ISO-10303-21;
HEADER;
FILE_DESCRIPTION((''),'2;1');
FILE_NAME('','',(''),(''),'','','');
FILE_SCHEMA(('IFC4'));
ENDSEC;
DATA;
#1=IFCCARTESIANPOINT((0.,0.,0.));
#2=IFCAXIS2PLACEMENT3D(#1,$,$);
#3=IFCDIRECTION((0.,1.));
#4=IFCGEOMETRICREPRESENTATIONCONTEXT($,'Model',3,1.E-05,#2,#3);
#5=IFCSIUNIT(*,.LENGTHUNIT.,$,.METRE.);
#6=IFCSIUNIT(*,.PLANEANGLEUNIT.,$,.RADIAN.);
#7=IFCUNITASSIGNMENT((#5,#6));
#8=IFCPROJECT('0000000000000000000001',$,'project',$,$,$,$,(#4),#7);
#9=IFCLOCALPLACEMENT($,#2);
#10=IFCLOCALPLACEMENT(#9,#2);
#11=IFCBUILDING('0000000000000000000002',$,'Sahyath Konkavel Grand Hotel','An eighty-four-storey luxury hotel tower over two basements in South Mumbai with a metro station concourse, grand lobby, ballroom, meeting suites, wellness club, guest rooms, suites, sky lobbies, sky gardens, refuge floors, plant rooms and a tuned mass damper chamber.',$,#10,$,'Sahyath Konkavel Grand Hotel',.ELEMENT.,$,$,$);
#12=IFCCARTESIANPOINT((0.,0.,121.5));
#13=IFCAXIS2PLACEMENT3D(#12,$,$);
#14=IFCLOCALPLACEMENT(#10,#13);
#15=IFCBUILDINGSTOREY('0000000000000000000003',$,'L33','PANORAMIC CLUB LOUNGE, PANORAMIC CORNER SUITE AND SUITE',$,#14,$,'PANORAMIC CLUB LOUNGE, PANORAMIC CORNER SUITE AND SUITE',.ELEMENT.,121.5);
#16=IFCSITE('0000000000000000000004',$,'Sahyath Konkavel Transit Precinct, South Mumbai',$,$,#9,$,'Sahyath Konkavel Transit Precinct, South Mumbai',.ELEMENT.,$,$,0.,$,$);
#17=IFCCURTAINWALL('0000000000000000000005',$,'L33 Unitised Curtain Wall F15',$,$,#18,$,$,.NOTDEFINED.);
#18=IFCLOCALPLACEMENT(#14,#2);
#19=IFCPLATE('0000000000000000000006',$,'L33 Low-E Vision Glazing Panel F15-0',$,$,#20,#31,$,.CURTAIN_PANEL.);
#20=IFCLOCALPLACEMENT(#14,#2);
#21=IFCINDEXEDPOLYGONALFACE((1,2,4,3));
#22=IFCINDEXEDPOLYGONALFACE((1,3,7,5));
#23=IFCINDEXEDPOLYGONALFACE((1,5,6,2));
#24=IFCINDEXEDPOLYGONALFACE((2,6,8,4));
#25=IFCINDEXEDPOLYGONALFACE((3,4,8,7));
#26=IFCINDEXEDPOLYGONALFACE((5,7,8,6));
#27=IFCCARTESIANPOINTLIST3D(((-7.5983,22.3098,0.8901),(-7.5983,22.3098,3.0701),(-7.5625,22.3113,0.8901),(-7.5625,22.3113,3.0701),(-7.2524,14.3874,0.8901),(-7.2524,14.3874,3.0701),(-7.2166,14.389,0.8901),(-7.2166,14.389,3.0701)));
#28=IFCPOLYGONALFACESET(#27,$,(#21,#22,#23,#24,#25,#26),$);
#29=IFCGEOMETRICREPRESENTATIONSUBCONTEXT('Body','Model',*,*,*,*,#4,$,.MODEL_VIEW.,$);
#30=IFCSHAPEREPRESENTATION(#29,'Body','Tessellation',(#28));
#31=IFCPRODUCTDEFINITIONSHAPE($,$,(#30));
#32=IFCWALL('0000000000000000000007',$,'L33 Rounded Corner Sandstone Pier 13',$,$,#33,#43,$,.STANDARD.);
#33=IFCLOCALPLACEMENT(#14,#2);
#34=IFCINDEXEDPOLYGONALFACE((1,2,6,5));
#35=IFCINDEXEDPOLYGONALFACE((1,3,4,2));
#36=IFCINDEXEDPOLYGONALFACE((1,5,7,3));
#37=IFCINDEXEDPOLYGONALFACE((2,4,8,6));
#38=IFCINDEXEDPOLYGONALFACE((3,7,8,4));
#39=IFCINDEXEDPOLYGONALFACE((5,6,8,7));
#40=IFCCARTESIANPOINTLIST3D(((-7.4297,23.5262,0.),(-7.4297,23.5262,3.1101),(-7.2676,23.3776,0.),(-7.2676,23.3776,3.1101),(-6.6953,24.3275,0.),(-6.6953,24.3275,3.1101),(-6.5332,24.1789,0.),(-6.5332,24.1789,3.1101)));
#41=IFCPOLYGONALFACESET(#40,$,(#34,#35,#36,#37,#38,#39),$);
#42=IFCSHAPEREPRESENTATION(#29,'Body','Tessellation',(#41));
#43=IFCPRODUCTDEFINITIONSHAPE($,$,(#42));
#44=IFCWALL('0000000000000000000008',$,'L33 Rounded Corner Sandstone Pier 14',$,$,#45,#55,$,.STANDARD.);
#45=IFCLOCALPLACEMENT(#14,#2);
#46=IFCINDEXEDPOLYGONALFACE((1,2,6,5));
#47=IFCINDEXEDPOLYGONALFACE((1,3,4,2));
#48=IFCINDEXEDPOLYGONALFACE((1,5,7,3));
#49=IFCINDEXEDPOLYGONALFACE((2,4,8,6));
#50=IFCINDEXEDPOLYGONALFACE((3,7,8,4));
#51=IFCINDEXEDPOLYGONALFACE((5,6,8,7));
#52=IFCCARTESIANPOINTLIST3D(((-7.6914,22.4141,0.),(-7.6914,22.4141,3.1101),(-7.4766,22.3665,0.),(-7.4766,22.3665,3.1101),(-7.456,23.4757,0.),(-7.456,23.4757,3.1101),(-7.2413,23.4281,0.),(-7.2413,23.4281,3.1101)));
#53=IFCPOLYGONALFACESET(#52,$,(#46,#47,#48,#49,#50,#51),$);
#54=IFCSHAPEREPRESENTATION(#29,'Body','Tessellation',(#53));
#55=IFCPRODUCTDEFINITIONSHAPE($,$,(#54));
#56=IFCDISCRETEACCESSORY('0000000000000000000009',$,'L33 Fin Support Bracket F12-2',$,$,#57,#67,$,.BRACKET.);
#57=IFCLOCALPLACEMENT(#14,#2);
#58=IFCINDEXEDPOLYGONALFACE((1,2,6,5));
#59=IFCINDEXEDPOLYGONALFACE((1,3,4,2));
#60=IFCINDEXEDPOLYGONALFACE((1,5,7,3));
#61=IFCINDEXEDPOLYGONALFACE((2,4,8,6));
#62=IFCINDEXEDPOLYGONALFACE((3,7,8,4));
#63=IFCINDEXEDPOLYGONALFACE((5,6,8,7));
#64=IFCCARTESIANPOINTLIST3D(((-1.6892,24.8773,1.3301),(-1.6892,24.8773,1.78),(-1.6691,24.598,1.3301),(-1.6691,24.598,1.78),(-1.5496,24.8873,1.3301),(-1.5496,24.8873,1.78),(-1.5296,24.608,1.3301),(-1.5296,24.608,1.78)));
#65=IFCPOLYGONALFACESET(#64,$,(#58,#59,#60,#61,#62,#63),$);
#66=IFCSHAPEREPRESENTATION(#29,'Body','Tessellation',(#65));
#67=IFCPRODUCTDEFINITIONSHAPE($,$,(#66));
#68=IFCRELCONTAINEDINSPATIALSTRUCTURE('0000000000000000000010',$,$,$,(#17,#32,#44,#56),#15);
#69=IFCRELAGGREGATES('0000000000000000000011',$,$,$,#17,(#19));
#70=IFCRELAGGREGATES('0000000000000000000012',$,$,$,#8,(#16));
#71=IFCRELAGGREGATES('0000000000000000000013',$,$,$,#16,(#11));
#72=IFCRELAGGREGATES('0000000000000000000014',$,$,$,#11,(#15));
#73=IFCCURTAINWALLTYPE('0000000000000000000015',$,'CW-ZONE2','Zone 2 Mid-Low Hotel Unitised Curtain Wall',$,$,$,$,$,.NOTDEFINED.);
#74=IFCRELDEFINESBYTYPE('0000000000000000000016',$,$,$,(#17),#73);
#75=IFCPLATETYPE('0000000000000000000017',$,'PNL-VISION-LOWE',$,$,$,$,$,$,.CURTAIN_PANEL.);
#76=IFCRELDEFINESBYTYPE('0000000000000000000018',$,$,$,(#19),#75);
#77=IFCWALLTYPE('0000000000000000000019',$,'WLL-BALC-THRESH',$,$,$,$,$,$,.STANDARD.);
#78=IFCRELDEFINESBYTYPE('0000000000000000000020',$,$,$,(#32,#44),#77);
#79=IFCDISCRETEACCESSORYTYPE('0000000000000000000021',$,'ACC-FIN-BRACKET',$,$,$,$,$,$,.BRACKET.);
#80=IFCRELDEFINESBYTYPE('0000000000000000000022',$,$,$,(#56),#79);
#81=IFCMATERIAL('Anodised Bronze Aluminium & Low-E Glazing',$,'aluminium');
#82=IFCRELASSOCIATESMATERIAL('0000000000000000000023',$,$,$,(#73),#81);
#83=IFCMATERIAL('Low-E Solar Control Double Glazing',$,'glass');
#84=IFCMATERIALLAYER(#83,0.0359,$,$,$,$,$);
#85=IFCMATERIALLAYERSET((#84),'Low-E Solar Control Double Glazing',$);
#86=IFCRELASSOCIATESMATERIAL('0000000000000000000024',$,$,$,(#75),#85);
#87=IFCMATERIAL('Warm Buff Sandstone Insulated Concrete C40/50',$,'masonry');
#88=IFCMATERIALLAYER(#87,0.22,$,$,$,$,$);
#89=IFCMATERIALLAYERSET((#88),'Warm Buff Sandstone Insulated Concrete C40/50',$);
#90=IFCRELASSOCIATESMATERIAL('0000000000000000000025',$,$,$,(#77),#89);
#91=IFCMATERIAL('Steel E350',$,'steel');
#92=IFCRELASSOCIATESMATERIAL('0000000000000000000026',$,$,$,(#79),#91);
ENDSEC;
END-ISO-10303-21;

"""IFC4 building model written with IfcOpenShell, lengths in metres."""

from ifc_helpers import new_model, si_unit, direction, frame, frame_2d, origin, origin_2d, place, context, subcontext, project, spatial, rectangle, extrude, source, transform, mapped, material, layer, layer_set, type_object, element, aggregate, save


model = new_model("IFC4")

# Units and contexts
model_context = context("Model", 3, precision=1e-05, world=origin(), true_north=direction((0.0, 1.0)))
body_context = subcontext(model_context, "Body", "Model", "MODEL_VIEW")
ifc_project = project(units=[si_unit("LENGTHUNIT", "METRE"), si_unit("PLANEANGLEUNIT", "RADIAN")], contexts=[model_context])

# Site, building, storey
site_placement = place(None, origin())
site = spatial("IfcSite", under=ifc_project, at=site_placement, Name="Sahyath Konkavel Transit Precinct, South Mumbai", LongName="Sahyath Konkavel Transit Precinct, South Mumbai", CompositionType="ELEMENT", RefElevation=0.0)
building_placement = place(site_placement, origin())
building = spatial("IfcBuilding", under=site, at=building_placement, Name="Sahyath Konkavel Grand Hotel", Description="An eighty-four-storey luxury hotel tower over two basements in South Mumbai with a metro station concourse, grand lobby, ballroom, meeting suites, wellness club, guest rooms, suites, sky lobbies, sky gardens, refuge floors, plant rooms and a tuned mass damper chamber.", LongName="Sahyath Konkavel Grand Hotel", CompositionType="ELEMENT")
storey_placement = place(building_placement, frame((0.0, 0.0, 121.5)))
storey = spatial("IfcBuildingStorey", under=building, at=storey_placement, Name="L33", Description="PANORAMIC CLUB LOUNGE, PANORAMIC CORNER SUITE AND SUITE", LongName="PANORAMIC CLUB LOUNGE, PANORAMIC CORNER SUITE AND SUITE", CompositionType="ELEMENT", Elevation=121.5)

# Shared definitions
ifc_material_1 = material(Name="Steel E350", Category="steel")

# Shared definitions
ifc_material_2 = material(Name="Anodised Bronze Aluminium & Low-E Glazing", Category="aluminium")
curtain_wall_type = type_object("IfcCurtainWallType", Name="CW-ZONE2", Description="Zone 2 Mid-Low Hotel Unitised Curtain Wall", PredefinedType="NOTDEFINED", material=ifc_material_2)

# Curtain wall
curtain_wall_1_placement = place(storey_placement, origin())
curtain_wall_1 = element("IfcCurtainWall", 1, at=curtain_wall_1_placement, inside=storey, type_object=curtain_wall_type, Name="L33 Unitised Curtain Wall F15", PredefinedType="NOTDEFINED")

# Plate
ifc_material_3 = material(Name="Low-E Solar Control Double Glazing", Category="glass")
ifc_layer_1 = layer(ifc_material_3, 0.0359)
ifc_layer_set_1 = layer_set([ifc_layer_1], Name="Low-E Solar Control Double Glazing")
plate_type_1 = type_object("IfcPlateType", Name="PNL-VISION-LOWE", PredefinedType="CURTAIN_PANEL", material=ifc_layer_set_1)
shared_shape_1 = source(origin(), body_context, "Body", "SweptSolid", [
    extrude(rectangle(XDim=7.9299, YDim=0.0359, at=origin_2d()), origin(), (0.0, 0.0, 1.0), 2.1799),
])
plate_1_placement = place(storey_placement, frame((-7.4075, 18.3494, 0.8901), z_axis=(0.0, 0.0, 1.0), x_axis=(0.043619, -0.999048, 0.0)))
plate_1 = element("IfcPlate", 2, at=plate_1_placement, type_object=plate_type_1, Name="L33 Low-E Vision Glazing Panel F15-0", PredefinedType="CURTAIN_PANEL", context=body_context, shape_type="MappedRepresentation", body=[
    mapped(shared_shape_1, transform((0.0, 0.0, 0.0), scale=1.0)),
])
aggregate(curtain_wall_1, [plate_1])

# Walls
ifc_material_4 = material(Name="Warm Buff Sandstone Insulated Concrete C40/50", Category="masonry")
ifc_layer_2 = layer(ifc_material_4, 0.22)
ifc_layer_set_2 = layer_set([ifc_layer_2], Name="Warm Buff Sandstone Insulated Concrete C40/50")
wall_type = type_object("IfcWallType", Name="WLL-BALC-THRESH", PredefinedType="STANDARD", material=ifc_layer_set_2)
wall_1_placement = place(storey_placement, frame((-6.6143, 24.2532, 0.0), z_axis=(0.0, 0.0, 1.0), x_axis=(-0.675664, -0.73721, 0.0)))
element("IfcWall", 3, at=wall_1_placement, inside=storey, type_object=wall_type, Name="L33 Rounded Corner Sandstone Pier 13", PredefinedType="STANDARD", context=body_context, shape_type="SweptSolid", body=[
    extrude(rectangle(XDim=1.0869, YDim=0.22, at=frame_2d((0.5435, 0.0))), origin(), (0.0, 0.0, 1.0), 3.1101),
])
wall_2_placement = place(storey_placement, frame((-7.3486, 23.4519, 0.0), z_axis=(0.0, 0.0, 1.0), x_axis=(-0.216455, -0.976293, 0.0)))
element("IfcWall", 4, at=wall_2_placement, inside=storey, type_object=wall_type, Name="L33 Rounded Corner Sandstone Pier 14", PredefinedType="STANDARD", context=body_context, shape_type="SweptSolid", body=[
    extrude(rectangle(XDim=1.0874, YDim=0.22, at=frame_2d((0.5437, 0.0))), origin(), (0.0, 0.0, 1.0), 3.1101),
])

# Discrete accessory
discrete_accessory_type = type_object("IfcDiscreteAccessoryType", Name="ACC-FIN-BRACKET", PredefinedType="BRACKET", material=ifc_material_1)
shared_shape_2 = source(origin(), body_context, "Body", "SweptSolid", [
    extrude(rectangle(XDim=0.28, YDim=0.1399, at=origin_2d()), origin(), (0.0, 0.0, 1.0), 0.45),
])
discrete_accessory_placement = place(storey_placement, frame((-1.6094, 24.7427, 1.3301), z_axis=(0.0, 0.0, 1.0), x_axis=(-0.071567, 0.997436, 0.0)))
element("IfcDiscreteAccessory", 5, at=discrete_accessory_placement, inside=storey, type_object=discrete_accessory_type, Name="L33 Fin Support Bracket F12-2", PredefinedType="BRACKET", context=body_context, shape_type="MappedRepresentation", body=[
    mapped(shared_shape_2, transform((0.0, 0.0, 0.0), scale=1.0)),
])

save(model, "model.ifc")
